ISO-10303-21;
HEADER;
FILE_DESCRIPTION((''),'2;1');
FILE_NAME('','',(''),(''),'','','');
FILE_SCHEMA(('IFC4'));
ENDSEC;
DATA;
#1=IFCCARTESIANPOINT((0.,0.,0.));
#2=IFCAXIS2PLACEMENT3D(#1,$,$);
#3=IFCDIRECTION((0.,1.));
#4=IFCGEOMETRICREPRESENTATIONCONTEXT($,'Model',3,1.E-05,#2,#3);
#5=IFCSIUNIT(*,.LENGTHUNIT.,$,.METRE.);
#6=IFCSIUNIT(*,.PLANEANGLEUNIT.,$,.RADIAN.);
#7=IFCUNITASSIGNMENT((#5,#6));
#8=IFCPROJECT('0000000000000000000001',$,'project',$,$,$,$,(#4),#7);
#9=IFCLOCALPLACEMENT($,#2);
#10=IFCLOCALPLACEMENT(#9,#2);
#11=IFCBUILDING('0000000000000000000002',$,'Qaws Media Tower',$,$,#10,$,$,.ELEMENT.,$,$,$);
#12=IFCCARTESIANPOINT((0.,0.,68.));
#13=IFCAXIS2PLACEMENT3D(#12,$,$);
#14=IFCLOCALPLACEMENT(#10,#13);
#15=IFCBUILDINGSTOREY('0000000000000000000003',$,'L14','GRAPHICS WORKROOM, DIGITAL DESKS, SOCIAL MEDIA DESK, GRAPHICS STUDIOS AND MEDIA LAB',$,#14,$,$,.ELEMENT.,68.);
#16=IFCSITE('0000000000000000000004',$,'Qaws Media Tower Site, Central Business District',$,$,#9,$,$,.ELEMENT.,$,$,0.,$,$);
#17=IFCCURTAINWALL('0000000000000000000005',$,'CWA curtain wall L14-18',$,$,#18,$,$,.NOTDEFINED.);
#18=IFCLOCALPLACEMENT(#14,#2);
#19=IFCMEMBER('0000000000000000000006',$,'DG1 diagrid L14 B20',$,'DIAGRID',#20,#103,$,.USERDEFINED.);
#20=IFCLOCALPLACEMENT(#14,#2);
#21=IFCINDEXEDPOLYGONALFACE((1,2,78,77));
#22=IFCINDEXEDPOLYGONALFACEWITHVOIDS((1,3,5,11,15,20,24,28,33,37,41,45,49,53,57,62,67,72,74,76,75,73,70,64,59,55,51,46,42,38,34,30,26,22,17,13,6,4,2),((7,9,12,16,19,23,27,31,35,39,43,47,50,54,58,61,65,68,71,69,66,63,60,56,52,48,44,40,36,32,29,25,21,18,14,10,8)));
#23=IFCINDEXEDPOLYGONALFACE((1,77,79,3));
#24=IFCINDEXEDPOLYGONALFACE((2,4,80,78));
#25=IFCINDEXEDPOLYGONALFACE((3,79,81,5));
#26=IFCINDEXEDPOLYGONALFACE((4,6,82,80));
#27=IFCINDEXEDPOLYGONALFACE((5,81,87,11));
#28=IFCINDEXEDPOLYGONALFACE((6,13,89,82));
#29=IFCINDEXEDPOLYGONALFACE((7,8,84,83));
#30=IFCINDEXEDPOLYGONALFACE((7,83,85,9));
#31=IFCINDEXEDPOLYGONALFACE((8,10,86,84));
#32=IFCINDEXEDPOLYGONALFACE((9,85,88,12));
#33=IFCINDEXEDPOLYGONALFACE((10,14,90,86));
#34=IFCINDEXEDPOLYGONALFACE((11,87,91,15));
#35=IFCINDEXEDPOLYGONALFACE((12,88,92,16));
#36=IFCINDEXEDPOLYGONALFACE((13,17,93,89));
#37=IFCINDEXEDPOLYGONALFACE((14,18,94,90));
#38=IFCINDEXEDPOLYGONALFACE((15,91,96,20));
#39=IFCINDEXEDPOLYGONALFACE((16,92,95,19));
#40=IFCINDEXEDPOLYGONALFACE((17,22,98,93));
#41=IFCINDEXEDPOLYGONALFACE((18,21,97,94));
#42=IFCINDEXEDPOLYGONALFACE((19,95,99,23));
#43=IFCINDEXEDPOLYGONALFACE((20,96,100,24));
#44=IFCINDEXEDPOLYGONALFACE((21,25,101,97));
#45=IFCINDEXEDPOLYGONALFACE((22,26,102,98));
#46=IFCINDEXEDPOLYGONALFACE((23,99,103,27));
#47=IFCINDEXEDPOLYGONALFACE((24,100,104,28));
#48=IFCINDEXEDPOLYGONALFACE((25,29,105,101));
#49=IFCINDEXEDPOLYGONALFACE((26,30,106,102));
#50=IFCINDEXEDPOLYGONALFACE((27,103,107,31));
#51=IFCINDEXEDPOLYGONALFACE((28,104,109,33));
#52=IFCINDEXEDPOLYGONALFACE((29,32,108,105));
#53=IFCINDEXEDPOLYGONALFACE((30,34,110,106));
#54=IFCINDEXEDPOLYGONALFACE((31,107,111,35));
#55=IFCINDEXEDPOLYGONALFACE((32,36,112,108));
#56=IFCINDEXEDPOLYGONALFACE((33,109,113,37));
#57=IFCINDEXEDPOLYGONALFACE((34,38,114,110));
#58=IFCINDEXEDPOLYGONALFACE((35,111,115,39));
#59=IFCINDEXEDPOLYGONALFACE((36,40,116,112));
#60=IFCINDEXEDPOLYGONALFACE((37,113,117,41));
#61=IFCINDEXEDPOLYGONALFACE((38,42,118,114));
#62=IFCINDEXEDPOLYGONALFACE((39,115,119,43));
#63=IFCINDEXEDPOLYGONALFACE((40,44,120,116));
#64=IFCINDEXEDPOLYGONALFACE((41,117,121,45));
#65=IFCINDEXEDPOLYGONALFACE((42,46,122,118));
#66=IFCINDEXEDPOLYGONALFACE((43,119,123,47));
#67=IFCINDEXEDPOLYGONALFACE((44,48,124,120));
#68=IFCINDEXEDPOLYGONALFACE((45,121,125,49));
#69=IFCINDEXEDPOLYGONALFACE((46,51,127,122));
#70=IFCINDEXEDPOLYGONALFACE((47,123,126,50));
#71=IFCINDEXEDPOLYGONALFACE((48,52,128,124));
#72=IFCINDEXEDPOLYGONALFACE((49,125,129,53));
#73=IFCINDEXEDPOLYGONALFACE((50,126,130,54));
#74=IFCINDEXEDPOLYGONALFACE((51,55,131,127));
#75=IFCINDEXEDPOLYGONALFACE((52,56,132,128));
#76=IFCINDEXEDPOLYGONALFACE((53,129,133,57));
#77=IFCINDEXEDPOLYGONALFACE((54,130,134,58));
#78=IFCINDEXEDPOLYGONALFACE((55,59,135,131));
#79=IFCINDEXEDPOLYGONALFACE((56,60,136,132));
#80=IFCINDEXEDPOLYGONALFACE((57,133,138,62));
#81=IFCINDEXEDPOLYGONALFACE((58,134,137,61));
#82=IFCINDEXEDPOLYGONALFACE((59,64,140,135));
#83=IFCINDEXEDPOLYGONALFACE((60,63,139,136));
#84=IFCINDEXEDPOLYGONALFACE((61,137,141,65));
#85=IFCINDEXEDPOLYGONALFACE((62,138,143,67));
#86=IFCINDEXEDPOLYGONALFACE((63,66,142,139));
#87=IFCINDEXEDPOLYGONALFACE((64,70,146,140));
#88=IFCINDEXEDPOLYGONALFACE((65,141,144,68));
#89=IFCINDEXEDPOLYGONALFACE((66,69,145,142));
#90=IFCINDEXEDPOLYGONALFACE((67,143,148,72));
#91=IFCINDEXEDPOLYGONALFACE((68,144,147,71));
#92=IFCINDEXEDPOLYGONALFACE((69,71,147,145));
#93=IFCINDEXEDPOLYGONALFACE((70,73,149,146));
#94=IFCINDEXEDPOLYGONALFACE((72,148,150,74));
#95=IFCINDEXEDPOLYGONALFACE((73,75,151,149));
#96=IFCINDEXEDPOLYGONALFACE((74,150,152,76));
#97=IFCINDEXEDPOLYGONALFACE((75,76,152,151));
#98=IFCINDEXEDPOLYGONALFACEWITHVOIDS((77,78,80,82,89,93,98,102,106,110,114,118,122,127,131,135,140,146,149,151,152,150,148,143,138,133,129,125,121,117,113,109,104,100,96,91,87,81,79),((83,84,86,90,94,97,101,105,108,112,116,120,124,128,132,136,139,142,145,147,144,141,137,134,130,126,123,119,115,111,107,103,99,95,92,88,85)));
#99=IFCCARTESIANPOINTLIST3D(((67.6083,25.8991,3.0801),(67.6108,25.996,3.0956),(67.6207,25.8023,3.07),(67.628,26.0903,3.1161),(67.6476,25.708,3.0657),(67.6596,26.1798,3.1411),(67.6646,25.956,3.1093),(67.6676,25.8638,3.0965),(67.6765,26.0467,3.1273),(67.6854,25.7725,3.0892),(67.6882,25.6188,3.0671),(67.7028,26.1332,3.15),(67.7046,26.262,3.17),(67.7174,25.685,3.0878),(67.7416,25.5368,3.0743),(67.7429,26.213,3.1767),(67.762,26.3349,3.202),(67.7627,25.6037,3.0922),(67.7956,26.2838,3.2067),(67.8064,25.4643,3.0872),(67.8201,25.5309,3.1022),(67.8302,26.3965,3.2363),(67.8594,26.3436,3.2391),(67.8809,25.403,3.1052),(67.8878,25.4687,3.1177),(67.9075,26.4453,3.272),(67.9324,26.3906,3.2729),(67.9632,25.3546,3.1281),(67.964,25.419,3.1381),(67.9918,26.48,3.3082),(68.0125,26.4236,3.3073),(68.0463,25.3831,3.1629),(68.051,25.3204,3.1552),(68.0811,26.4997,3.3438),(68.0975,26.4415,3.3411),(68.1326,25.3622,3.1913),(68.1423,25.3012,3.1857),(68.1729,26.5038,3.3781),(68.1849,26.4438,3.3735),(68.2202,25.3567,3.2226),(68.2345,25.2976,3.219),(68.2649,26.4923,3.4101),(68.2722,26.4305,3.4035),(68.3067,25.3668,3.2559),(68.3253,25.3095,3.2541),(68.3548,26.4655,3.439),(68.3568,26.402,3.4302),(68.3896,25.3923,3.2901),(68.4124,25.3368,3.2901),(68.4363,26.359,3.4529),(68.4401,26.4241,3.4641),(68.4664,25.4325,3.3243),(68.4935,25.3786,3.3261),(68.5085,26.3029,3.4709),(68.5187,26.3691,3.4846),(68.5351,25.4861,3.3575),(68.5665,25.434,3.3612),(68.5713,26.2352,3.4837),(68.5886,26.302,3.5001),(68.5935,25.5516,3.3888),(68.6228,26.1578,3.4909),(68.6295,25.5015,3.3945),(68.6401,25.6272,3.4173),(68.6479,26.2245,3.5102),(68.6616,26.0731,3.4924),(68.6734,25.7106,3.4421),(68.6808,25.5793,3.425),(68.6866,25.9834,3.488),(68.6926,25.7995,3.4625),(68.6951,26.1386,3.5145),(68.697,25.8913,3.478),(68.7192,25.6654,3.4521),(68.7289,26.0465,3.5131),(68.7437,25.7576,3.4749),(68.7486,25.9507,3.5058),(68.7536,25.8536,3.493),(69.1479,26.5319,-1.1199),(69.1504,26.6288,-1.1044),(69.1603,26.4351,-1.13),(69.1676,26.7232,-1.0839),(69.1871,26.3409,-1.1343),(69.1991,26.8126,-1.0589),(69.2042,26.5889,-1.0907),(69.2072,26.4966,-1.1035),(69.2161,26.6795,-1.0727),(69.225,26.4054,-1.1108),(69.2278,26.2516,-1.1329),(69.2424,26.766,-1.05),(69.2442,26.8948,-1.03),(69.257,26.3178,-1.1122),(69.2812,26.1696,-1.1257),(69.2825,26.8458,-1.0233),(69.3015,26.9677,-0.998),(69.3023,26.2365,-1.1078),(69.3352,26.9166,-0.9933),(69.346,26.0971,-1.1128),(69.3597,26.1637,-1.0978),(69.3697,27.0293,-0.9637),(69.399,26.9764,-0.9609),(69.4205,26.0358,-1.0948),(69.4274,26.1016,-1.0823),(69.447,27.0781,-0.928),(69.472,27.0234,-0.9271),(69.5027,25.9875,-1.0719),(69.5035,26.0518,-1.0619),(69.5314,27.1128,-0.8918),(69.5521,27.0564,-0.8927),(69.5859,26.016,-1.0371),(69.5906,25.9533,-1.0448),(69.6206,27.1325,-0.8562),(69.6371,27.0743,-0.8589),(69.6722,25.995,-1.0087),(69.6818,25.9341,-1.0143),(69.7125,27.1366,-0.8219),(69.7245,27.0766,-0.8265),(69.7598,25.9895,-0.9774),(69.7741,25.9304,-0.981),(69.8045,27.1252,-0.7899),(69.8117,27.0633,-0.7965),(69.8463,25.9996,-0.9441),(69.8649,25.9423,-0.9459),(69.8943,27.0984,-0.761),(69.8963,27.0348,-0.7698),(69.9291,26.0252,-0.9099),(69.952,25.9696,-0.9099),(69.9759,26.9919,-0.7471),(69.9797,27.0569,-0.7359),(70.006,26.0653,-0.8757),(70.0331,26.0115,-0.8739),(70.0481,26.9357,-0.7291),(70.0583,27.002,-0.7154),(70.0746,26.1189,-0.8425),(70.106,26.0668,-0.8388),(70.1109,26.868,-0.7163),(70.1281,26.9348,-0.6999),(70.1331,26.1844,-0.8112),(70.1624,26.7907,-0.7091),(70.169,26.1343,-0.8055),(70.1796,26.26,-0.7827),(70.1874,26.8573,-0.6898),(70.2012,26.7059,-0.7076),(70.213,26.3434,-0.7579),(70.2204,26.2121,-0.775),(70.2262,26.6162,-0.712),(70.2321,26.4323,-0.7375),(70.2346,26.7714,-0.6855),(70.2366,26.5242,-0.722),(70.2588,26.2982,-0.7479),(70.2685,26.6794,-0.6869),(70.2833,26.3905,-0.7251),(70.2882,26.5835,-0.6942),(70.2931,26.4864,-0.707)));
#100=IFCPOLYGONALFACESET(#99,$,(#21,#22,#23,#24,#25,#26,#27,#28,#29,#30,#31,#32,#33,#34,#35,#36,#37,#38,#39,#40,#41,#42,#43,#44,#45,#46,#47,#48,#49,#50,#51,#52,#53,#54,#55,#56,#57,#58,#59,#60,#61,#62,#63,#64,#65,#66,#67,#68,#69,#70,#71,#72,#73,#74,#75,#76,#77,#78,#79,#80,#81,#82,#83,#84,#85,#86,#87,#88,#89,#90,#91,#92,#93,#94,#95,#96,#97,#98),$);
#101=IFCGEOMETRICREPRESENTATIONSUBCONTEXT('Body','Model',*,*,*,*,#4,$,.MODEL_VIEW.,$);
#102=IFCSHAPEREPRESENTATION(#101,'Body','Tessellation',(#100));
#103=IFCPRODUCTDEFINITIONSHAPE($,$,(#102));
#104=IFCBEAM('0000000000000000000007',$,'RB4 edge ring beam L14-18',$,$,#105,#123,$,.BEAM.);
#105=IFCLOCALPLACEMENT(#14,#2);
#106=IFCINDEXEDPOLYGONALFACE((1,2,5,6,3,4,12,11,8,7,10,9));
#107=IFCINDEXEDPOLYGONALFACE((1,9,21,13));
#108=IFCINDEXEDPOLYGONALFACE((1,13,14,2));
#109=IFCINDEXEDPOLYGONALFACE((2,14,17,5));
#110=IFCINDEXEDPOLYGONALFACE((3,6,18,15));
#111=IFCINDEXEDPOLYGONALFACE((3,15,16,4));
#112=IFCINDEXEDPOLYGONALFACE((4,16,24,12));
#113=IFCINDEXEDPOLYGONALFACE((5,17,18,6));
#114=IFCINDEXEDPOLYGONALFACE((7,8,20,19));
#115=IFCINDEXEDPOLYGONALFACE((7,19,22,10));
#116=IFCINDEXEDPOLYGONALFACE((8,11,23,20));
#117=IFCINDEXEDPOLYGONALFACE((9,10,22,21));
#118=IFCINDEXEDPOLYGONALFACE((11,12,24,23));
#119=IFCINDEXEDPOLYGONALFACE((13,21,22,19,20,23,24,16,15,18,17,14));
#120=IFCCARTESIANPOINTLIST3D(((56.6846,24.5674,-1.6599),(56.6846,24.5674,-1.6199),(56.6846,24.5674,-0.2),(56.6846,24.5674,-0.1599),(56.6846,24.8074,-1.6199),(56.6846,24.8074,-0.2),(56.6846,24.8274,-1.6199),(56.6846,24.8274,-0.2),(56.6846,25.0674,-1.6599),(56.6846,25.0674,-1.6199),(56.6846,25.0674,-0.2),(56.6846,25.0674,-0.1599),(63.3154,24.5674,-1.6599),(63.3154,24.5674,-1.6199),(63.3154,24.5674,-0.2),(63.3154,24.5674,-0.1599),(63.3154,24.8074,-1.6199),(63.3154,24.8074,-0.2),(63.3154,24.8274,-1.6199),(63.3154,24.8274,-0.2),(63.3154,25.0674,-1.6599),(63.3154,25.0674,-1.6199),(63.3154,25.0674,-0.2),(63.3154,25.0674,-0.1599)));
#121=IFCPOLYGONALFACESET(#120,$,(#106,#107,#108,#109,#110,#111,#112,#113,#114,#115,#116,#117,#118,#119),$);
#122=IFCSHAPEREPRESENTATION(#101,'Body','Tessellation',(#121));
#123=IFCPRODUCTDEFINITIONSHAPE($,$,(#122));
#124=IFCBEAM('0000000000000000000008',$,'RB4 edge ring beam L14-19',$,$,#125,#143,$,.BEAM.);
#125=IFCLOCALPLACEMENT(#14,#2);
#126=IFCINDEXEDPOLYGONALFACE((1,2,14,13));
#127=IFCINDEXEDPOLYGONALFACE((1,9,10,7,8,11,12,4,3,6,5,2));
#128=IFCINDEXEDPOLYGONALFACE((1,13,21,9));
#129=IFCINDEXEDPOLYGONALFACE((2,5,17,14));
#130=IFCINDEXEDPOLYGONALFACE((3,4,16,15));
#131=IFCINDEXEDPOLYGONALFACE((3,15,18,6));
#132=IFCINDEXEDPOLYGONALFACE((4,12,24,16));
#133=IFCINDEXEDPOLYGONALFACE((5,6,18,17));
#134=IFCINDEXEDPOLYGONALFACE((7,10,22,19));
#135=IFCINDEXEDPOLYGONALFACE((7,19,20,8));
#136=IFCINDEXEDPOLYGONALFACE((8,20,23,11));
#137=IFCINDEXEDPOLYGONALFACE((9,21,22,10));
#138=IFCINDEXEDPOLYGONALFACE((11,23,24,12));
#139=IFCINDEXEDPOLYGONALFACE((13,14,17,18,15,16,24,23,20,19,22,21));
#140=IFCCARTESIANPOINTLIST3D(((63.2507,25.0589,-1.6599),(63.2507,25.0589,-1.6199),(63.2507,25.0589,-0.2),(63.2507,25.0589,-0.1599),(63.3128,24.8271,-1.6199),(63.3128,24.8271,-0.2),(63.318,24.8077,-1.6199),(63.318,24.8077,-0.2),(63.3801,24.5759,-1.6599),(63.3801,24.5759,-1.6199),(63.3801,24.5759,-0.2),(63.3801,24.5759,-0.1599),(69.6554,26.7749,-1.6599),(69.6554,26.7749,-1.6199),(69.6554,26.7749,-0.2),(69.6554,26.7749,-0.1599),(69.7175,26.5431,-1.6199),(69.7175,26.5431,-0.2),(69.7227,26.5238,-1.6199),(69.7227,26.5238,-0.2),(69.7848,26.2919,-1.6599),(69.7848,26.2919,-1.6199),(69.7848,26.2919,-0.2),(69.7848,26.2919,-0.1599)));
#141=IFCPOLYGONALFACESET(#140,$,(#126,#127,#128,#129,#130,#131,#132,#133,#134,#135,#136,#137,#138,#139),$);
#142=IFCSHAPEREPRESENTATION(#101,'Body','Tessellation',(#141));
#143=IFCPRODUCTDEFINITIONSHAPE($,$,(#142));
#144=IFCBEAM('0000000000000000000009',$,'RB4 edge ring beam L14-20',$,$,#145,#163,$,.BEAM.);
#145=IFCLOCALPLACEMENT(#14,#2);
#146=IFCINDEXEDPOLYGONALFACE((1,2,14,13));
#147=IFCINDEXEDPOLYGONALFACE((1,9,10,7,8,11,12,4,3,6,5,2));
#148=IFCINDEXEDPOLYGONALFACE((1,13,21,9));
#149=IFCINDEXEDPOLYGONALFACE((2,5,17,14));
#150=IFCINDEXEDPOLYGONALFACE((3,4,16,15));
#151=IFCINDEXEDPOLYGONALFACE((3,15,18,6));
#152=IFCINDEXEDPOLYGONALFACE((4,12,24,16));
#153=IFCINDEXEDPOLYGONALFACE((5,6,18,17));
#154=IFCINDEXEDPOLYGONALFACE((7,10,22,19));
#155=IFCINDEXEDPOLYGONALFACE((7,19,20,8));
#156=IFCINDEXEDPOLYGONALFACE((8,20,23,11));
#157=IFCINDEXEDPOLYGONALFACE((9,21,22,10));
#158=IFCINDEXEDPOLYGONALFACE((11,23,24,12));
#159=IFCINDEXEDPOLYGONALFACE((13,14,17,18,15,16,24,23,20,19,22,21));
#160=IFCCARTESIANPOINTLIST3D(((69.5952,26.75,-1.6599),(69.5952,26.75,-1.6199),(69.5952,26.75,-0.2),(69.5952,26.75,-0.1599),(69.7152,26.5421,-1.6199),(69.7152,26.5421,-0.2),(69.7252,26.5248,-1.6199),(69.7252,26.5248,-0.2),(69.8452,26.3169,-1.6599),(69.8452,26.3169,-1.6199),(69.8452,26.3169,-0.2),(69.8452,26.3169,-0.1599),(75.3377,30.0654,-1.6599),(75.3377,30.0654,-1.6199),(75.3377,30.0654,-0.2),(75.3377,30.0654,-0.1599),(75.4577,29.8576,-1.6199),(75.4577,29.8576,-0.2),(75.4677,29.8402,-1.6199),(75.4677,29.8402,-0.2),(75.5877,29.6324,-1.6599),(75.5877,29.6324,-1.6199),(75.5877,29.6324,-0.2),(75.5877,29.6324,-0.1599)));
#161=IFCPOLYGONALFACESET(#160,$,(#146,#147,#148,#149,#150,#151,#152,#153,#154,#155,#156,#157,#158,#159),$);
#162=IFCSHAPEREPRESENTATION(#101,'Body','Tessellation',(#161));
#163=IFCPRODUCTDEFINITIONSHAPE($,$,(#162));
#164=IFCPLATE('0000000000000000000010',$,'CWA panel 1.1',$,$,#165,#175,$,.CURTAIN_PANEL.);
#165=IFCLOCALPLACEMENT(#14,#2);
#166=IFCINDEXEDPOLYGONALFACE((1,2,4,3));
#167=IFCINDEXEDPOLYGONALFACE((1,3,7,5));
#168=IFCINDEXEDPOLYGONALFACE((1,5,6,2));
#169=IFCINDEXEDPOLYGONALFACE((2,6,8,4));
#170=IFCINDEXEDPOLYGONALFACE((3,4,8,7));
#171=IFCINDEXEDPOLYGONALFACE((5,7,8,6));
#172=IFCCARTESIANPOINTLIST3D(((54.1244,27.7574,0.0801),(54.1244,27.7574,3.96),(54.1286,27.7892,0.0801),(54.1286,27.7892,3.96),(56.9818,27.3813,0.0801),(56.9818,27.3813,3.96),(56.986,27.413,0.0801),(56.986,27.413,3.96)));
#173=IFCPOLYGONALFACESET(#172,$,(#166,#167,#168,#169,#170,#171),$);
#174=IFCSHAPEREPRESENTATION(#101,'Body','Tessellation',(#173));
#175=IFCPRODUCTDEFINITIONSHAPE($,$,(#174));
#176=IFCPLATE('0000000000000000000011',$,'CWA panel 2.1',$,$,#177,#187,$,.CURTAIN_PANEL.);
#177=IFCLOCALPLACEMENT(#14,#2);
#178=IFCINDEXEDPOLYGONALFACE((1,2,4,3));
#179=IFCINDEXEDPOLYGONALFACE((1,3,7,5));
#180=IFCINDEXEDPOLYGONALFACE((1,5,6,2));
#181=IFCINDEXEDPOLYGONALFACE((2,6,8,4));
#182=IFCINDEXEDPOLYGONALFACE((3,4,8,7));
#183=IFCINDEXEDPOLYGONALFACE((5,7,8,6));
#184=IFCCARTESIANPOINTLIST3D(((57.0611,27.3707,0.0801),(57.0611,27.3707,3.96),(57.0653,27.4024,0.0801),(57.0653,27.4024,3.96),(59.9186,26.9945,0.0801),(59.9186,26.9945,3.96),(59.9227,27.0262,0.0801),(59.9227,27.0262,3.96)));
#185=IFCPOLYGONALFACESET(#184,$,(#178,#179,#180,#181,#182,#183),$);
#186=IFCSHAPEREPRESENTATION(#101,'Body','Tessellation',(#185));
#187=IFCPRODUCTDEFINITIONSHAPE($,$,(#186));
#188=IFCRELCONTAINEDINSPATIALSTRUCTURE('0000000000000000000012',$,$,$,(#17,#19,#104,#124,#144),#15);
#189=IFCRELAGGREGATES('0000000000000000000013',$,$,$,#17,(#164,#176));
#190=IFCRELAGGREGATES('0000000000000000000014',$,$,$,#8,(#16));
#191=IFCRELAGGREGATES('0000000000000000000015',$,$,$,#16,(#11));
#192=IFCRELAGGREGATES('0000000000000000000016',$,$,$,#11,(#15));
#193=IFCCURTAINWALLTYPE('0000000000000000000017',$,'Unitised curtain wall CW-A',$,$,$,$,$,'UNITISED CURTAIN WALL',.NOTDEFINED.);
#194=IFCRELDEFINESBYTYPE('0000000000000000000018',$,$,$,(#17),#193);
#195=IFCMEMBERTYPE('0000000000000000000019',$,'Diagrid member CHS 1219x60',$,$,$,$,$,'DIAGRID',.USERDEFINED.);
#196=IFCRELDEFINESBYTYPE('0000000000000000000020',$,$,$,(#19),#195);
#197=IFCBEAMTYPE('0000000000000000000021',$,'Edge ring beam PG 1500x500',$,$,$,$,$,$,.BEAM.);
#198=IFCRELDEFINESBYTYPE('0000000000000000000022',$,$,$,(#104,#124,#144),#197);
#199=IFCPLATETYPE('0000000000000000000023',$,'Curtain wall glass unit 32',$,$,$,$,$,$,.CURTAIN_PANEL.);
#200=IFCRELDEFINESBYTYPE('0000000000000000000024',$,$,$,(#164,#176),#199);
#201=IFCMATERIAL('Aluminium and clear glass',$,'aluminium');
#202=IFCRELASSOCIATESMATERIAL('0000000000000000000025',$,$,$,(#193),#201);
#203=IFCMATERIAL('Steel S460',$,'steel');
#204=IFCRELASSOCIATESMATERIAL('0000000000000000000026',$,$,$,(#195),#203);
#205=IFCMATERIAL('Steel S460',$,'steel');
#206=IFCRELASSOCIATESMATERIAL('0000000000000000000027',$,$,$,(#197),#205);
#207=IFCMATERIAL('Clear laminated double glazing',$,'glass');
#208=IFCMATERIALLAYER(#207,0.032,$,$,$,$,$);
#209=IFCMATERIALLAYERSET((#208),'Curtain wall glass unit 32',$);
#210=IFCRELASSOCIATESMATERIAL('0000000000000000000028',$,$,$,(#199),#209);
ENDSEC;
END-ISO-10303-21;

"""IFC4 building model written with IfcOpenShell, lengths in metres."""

from ifc_helpers import new_model, si_unit, direction, frame, origin, origin_2d, place, context, subcontext, project, spatial, rectangle, hollow_circle, i_section, extrude, material, layer, layer_set, material_profile, profile_set, type_object, element, aggregate, save


model = new_model("IFC4")

# Units and contexts
model_context = context("Model", 3, precision=1e-05, world=origin(), true_north=direction((0.0, 1.0)))
body_context = subcontext(model_context, "Body", "Model", "MODEL_VIEW")
ifc_project = project(units=[si_unit("LENGTHUNIT", "METRE"), si_unit("PLANEANGLEUNIT", "RADIAN")], contexts=[model_context])

# Site, building, storey
site_placement = place(None, origin())
site = spatial("IfcSite", under=ifc_project, at=site_placement, Name="Qaws Media Tower Site, Central Business District", CompositionType="ELEMENT", RefElevation=0.0)
building_placement = place(site_placement, origin())
building = spatial("IfcBuilding", under=site, at=building_placement, Name="Qaws Media Tower", CompositionType="ELEMENT")
storey_placement = place(building_placement, frame((0.0, 0.0, 68.0)))
storey = spatial("IfcBuildingStorey", under=building, at=storey_placement, Name="L14", Description="GRAPHICS WORKROOM, DIGITAL DESKS, SOCIAL MEDIA DESK, GRAPHICS STUDIOS AND MEDIA LAB", CompositionType="ELEMENT", Elevation=68.0)

# Curtain wall
ifc_material_1 = material(Name="Aluminium and clear glass", Category="aluminium")
curtain_wall_type = type_object("IfcCurtainWallType", Name="Unitised curtain wall CW-A", ElementType="UNITISED CURTAIN WALL", PredefinedType="NOTDEFINED", material=ifc_material_1)
curtain_wall_1_placement = place(storey_placement, origin())
curtain_wall_1 = element("IfcCurtainWall", 1, at=curtain_wall_1_placement, inside=storey, type_object=curtain_wall_type, Name="CWA curtain wall L14-18", PredefinedType="NOTDEFINED")

# Member
ifc_material_2 = material(Name="Steel S460", Category="steel")
ifc_material_profile_1 = material_profile(ifc_material_2, hollow_circle(Radius=0.6096, WallThickness=0.0601, at=origin_2d()), Name="CHS 1219x60")
ifc_profile_set_1 = profile_set([ifc_material_profile_1], Name="Steel S460")
member_type_1 = type_object("IfcMemberType", Name="Diagrid member CHS 1219x60", ElementType="DIAGRID", PredefinedType="USERDEFINED", material=ifc_profile_set_1)
for number, where, z_axis, x_axis, name in (
    (2, (69.7202, 26.5334, -0.9099), (-0.340777, -0.140072, 0.929651), (0.380174, -0.924915, 0.0), "DG1 diagrid L14 B20"),
):
    element("IfcMember", number, at=place(storey_placement, frame(where, z_axis=z_axis, x_axis=x_axis)), inside=storey, type_object=member_type_1, Name=name, ObjectType="DIAGRID", PredefinedType="USERDEFINED", context=body_context, shape_type="SweptSolid", body=[
        extrude(hollow_circle(Radius=0.6096, WallThickness=0.0601, at=origin_2d()), origin(), (0.0, 0.0, 1.0), 4.5178),
    ])

# Beams
ifc_material_3 = material(Name="Steel S460", Category="steel")
ifc_material_profile_2 = material_profile(ifc_material_3, i_section(OverallWidth=0.5, OverallDepth=1.5, WebThickness=0.02, FlangeThickness=0.04, at=origin_2d()), Name="PG 1500x500")
ifc_profile_set_2 = profile_set([ifc_material_profile_2], Name="Steel S460")
beam_type = type_object("IfcBeamType", Name="Edge ring beam PG 1500x500", PredefinedType="BEAM", material=ifc_profile_set_2)
beam_1_placement = place(storey_placement, frame((56.6846, 24.8174, -0.9099), z_axis=(1.0, 0.0, 0.0), x_axis=(0.0, 1.0, 0.0)))
element("IfcBeam", 3, at=beam_1_placement, inside=storey, type_object=beam_type, Name="RB4 edge ring beam L14-18", PredefinedType="BEAM", context=body_context, shape_type="SweptSolid", body=[
    extrude(i_section(OverallWidth=0.5, OverallDepth=1.5, WebThickness=0.02, FlangeThickness=0.04, at=origin_2d()), origin(), (0.0, 0.0, 1.0), 6.6309),
])
beam_2_placement = place(storey_placement, frame((63.3154, 24.8174, -0.9099), z_axis=(0.965929, 0.258806, 0.0), x_axis=(-0.258806, 0.965929, 0.0)))
element("IfcBeam", 4, at=beam_2_placement, inside=storey, type_object=beam_type, Name="RB4 edge ring beam L14-19", PredefinedType="BEAM", context=body_context, shape_type="SweptSolid", body=[
    extrude(i_section(OverallWidth=0.5, OverallDepth=1.5, WebThickness=0.02, FlangeThickness=0.04, at=origin_2d()), origin(), (0.0, 0.0, 1.0), 6.6306),
])
beam_3_placement = place(storey_placement, frame((69.7202, 26.5334, -0.9099), z_axis=(0.866023, 0.500004, 0.0), x_axis=(-0.500004, 0.866023, 0.0)))
element("IfcBeam", 5, at=beam_3_placement, inside=storey, type_object=beam_type, Name="RB4 edge ring beam L14-20", PredefinedType="BEAM", context=body_context, shape_type="SweptSolid", body=[
    extrude(i_section(OverallWidth=0.5, OverallDepth=1.5, WebThickness=0.02, FlangeThickness=0.04, at=origin_2d()), origin(), (0.0, 0.0, 1.0), 6.6309),
])

# Plates
ifc_material_4 = material(Name="Clear laminated double glazing", Category="glass")
ifc_layer_1 = layer(ifc_material_4, 0.032)
ifc_layer_set_1 = layer_set([ifc_layer_1], Name="Curtain wall glass unit 32")
plate_type_1 = type_object("IfcPlateType", Name="Curtain wall glass unit 32", PredefinedType="CURTAIN_PANEL", material=ifc_layer_set_1)
plate_1_placement = place(storey_placement, frame((55.5552, 27.5852, 0.0801), z_axis=(0.0, 0.0, 1.0), x_axis=(0.991445, -0.130526, 0.0)))
plate_1 = element("IfcPlate", 6, at=plate_1_placement, type_object=plate_type_1, Name="CWA panel 1.1", PredefinedType="CURTAIN_PANEL", context=body_context, shape_type="SweptSolid", body=[
    extrude(rectangle(XDim=2.8821, YDim=0.032, at=origin_2d()), origin(), (0.0, 0.0, 1.0), 3.8799),
])
plate_2_placement = place(storey_placement, frame((58.4919, 27.1985, 0.0801), z_axis=(0.0, 0.0, 1.0), x_axis=(0.991445, -0.130526, 0.0)))
plate_2 = element("IfcPlate", 7, at=plate_2_placement, type_object=plate_type_1, Name="CWA panel 2.1", PredefinedType="CURTAIN_PANEL", context=body_context, shape_type="SweptSolid", body=[
    extrude(rectangle(XDim=2.8821, YDim=0.032, at=origin_2d()), origin(), (0.0, 0.0, 1.0), 3.8799),
])
aggregate(curtain_wall_1, [plate_1, plate_2])

save(model, "model.ifc")
